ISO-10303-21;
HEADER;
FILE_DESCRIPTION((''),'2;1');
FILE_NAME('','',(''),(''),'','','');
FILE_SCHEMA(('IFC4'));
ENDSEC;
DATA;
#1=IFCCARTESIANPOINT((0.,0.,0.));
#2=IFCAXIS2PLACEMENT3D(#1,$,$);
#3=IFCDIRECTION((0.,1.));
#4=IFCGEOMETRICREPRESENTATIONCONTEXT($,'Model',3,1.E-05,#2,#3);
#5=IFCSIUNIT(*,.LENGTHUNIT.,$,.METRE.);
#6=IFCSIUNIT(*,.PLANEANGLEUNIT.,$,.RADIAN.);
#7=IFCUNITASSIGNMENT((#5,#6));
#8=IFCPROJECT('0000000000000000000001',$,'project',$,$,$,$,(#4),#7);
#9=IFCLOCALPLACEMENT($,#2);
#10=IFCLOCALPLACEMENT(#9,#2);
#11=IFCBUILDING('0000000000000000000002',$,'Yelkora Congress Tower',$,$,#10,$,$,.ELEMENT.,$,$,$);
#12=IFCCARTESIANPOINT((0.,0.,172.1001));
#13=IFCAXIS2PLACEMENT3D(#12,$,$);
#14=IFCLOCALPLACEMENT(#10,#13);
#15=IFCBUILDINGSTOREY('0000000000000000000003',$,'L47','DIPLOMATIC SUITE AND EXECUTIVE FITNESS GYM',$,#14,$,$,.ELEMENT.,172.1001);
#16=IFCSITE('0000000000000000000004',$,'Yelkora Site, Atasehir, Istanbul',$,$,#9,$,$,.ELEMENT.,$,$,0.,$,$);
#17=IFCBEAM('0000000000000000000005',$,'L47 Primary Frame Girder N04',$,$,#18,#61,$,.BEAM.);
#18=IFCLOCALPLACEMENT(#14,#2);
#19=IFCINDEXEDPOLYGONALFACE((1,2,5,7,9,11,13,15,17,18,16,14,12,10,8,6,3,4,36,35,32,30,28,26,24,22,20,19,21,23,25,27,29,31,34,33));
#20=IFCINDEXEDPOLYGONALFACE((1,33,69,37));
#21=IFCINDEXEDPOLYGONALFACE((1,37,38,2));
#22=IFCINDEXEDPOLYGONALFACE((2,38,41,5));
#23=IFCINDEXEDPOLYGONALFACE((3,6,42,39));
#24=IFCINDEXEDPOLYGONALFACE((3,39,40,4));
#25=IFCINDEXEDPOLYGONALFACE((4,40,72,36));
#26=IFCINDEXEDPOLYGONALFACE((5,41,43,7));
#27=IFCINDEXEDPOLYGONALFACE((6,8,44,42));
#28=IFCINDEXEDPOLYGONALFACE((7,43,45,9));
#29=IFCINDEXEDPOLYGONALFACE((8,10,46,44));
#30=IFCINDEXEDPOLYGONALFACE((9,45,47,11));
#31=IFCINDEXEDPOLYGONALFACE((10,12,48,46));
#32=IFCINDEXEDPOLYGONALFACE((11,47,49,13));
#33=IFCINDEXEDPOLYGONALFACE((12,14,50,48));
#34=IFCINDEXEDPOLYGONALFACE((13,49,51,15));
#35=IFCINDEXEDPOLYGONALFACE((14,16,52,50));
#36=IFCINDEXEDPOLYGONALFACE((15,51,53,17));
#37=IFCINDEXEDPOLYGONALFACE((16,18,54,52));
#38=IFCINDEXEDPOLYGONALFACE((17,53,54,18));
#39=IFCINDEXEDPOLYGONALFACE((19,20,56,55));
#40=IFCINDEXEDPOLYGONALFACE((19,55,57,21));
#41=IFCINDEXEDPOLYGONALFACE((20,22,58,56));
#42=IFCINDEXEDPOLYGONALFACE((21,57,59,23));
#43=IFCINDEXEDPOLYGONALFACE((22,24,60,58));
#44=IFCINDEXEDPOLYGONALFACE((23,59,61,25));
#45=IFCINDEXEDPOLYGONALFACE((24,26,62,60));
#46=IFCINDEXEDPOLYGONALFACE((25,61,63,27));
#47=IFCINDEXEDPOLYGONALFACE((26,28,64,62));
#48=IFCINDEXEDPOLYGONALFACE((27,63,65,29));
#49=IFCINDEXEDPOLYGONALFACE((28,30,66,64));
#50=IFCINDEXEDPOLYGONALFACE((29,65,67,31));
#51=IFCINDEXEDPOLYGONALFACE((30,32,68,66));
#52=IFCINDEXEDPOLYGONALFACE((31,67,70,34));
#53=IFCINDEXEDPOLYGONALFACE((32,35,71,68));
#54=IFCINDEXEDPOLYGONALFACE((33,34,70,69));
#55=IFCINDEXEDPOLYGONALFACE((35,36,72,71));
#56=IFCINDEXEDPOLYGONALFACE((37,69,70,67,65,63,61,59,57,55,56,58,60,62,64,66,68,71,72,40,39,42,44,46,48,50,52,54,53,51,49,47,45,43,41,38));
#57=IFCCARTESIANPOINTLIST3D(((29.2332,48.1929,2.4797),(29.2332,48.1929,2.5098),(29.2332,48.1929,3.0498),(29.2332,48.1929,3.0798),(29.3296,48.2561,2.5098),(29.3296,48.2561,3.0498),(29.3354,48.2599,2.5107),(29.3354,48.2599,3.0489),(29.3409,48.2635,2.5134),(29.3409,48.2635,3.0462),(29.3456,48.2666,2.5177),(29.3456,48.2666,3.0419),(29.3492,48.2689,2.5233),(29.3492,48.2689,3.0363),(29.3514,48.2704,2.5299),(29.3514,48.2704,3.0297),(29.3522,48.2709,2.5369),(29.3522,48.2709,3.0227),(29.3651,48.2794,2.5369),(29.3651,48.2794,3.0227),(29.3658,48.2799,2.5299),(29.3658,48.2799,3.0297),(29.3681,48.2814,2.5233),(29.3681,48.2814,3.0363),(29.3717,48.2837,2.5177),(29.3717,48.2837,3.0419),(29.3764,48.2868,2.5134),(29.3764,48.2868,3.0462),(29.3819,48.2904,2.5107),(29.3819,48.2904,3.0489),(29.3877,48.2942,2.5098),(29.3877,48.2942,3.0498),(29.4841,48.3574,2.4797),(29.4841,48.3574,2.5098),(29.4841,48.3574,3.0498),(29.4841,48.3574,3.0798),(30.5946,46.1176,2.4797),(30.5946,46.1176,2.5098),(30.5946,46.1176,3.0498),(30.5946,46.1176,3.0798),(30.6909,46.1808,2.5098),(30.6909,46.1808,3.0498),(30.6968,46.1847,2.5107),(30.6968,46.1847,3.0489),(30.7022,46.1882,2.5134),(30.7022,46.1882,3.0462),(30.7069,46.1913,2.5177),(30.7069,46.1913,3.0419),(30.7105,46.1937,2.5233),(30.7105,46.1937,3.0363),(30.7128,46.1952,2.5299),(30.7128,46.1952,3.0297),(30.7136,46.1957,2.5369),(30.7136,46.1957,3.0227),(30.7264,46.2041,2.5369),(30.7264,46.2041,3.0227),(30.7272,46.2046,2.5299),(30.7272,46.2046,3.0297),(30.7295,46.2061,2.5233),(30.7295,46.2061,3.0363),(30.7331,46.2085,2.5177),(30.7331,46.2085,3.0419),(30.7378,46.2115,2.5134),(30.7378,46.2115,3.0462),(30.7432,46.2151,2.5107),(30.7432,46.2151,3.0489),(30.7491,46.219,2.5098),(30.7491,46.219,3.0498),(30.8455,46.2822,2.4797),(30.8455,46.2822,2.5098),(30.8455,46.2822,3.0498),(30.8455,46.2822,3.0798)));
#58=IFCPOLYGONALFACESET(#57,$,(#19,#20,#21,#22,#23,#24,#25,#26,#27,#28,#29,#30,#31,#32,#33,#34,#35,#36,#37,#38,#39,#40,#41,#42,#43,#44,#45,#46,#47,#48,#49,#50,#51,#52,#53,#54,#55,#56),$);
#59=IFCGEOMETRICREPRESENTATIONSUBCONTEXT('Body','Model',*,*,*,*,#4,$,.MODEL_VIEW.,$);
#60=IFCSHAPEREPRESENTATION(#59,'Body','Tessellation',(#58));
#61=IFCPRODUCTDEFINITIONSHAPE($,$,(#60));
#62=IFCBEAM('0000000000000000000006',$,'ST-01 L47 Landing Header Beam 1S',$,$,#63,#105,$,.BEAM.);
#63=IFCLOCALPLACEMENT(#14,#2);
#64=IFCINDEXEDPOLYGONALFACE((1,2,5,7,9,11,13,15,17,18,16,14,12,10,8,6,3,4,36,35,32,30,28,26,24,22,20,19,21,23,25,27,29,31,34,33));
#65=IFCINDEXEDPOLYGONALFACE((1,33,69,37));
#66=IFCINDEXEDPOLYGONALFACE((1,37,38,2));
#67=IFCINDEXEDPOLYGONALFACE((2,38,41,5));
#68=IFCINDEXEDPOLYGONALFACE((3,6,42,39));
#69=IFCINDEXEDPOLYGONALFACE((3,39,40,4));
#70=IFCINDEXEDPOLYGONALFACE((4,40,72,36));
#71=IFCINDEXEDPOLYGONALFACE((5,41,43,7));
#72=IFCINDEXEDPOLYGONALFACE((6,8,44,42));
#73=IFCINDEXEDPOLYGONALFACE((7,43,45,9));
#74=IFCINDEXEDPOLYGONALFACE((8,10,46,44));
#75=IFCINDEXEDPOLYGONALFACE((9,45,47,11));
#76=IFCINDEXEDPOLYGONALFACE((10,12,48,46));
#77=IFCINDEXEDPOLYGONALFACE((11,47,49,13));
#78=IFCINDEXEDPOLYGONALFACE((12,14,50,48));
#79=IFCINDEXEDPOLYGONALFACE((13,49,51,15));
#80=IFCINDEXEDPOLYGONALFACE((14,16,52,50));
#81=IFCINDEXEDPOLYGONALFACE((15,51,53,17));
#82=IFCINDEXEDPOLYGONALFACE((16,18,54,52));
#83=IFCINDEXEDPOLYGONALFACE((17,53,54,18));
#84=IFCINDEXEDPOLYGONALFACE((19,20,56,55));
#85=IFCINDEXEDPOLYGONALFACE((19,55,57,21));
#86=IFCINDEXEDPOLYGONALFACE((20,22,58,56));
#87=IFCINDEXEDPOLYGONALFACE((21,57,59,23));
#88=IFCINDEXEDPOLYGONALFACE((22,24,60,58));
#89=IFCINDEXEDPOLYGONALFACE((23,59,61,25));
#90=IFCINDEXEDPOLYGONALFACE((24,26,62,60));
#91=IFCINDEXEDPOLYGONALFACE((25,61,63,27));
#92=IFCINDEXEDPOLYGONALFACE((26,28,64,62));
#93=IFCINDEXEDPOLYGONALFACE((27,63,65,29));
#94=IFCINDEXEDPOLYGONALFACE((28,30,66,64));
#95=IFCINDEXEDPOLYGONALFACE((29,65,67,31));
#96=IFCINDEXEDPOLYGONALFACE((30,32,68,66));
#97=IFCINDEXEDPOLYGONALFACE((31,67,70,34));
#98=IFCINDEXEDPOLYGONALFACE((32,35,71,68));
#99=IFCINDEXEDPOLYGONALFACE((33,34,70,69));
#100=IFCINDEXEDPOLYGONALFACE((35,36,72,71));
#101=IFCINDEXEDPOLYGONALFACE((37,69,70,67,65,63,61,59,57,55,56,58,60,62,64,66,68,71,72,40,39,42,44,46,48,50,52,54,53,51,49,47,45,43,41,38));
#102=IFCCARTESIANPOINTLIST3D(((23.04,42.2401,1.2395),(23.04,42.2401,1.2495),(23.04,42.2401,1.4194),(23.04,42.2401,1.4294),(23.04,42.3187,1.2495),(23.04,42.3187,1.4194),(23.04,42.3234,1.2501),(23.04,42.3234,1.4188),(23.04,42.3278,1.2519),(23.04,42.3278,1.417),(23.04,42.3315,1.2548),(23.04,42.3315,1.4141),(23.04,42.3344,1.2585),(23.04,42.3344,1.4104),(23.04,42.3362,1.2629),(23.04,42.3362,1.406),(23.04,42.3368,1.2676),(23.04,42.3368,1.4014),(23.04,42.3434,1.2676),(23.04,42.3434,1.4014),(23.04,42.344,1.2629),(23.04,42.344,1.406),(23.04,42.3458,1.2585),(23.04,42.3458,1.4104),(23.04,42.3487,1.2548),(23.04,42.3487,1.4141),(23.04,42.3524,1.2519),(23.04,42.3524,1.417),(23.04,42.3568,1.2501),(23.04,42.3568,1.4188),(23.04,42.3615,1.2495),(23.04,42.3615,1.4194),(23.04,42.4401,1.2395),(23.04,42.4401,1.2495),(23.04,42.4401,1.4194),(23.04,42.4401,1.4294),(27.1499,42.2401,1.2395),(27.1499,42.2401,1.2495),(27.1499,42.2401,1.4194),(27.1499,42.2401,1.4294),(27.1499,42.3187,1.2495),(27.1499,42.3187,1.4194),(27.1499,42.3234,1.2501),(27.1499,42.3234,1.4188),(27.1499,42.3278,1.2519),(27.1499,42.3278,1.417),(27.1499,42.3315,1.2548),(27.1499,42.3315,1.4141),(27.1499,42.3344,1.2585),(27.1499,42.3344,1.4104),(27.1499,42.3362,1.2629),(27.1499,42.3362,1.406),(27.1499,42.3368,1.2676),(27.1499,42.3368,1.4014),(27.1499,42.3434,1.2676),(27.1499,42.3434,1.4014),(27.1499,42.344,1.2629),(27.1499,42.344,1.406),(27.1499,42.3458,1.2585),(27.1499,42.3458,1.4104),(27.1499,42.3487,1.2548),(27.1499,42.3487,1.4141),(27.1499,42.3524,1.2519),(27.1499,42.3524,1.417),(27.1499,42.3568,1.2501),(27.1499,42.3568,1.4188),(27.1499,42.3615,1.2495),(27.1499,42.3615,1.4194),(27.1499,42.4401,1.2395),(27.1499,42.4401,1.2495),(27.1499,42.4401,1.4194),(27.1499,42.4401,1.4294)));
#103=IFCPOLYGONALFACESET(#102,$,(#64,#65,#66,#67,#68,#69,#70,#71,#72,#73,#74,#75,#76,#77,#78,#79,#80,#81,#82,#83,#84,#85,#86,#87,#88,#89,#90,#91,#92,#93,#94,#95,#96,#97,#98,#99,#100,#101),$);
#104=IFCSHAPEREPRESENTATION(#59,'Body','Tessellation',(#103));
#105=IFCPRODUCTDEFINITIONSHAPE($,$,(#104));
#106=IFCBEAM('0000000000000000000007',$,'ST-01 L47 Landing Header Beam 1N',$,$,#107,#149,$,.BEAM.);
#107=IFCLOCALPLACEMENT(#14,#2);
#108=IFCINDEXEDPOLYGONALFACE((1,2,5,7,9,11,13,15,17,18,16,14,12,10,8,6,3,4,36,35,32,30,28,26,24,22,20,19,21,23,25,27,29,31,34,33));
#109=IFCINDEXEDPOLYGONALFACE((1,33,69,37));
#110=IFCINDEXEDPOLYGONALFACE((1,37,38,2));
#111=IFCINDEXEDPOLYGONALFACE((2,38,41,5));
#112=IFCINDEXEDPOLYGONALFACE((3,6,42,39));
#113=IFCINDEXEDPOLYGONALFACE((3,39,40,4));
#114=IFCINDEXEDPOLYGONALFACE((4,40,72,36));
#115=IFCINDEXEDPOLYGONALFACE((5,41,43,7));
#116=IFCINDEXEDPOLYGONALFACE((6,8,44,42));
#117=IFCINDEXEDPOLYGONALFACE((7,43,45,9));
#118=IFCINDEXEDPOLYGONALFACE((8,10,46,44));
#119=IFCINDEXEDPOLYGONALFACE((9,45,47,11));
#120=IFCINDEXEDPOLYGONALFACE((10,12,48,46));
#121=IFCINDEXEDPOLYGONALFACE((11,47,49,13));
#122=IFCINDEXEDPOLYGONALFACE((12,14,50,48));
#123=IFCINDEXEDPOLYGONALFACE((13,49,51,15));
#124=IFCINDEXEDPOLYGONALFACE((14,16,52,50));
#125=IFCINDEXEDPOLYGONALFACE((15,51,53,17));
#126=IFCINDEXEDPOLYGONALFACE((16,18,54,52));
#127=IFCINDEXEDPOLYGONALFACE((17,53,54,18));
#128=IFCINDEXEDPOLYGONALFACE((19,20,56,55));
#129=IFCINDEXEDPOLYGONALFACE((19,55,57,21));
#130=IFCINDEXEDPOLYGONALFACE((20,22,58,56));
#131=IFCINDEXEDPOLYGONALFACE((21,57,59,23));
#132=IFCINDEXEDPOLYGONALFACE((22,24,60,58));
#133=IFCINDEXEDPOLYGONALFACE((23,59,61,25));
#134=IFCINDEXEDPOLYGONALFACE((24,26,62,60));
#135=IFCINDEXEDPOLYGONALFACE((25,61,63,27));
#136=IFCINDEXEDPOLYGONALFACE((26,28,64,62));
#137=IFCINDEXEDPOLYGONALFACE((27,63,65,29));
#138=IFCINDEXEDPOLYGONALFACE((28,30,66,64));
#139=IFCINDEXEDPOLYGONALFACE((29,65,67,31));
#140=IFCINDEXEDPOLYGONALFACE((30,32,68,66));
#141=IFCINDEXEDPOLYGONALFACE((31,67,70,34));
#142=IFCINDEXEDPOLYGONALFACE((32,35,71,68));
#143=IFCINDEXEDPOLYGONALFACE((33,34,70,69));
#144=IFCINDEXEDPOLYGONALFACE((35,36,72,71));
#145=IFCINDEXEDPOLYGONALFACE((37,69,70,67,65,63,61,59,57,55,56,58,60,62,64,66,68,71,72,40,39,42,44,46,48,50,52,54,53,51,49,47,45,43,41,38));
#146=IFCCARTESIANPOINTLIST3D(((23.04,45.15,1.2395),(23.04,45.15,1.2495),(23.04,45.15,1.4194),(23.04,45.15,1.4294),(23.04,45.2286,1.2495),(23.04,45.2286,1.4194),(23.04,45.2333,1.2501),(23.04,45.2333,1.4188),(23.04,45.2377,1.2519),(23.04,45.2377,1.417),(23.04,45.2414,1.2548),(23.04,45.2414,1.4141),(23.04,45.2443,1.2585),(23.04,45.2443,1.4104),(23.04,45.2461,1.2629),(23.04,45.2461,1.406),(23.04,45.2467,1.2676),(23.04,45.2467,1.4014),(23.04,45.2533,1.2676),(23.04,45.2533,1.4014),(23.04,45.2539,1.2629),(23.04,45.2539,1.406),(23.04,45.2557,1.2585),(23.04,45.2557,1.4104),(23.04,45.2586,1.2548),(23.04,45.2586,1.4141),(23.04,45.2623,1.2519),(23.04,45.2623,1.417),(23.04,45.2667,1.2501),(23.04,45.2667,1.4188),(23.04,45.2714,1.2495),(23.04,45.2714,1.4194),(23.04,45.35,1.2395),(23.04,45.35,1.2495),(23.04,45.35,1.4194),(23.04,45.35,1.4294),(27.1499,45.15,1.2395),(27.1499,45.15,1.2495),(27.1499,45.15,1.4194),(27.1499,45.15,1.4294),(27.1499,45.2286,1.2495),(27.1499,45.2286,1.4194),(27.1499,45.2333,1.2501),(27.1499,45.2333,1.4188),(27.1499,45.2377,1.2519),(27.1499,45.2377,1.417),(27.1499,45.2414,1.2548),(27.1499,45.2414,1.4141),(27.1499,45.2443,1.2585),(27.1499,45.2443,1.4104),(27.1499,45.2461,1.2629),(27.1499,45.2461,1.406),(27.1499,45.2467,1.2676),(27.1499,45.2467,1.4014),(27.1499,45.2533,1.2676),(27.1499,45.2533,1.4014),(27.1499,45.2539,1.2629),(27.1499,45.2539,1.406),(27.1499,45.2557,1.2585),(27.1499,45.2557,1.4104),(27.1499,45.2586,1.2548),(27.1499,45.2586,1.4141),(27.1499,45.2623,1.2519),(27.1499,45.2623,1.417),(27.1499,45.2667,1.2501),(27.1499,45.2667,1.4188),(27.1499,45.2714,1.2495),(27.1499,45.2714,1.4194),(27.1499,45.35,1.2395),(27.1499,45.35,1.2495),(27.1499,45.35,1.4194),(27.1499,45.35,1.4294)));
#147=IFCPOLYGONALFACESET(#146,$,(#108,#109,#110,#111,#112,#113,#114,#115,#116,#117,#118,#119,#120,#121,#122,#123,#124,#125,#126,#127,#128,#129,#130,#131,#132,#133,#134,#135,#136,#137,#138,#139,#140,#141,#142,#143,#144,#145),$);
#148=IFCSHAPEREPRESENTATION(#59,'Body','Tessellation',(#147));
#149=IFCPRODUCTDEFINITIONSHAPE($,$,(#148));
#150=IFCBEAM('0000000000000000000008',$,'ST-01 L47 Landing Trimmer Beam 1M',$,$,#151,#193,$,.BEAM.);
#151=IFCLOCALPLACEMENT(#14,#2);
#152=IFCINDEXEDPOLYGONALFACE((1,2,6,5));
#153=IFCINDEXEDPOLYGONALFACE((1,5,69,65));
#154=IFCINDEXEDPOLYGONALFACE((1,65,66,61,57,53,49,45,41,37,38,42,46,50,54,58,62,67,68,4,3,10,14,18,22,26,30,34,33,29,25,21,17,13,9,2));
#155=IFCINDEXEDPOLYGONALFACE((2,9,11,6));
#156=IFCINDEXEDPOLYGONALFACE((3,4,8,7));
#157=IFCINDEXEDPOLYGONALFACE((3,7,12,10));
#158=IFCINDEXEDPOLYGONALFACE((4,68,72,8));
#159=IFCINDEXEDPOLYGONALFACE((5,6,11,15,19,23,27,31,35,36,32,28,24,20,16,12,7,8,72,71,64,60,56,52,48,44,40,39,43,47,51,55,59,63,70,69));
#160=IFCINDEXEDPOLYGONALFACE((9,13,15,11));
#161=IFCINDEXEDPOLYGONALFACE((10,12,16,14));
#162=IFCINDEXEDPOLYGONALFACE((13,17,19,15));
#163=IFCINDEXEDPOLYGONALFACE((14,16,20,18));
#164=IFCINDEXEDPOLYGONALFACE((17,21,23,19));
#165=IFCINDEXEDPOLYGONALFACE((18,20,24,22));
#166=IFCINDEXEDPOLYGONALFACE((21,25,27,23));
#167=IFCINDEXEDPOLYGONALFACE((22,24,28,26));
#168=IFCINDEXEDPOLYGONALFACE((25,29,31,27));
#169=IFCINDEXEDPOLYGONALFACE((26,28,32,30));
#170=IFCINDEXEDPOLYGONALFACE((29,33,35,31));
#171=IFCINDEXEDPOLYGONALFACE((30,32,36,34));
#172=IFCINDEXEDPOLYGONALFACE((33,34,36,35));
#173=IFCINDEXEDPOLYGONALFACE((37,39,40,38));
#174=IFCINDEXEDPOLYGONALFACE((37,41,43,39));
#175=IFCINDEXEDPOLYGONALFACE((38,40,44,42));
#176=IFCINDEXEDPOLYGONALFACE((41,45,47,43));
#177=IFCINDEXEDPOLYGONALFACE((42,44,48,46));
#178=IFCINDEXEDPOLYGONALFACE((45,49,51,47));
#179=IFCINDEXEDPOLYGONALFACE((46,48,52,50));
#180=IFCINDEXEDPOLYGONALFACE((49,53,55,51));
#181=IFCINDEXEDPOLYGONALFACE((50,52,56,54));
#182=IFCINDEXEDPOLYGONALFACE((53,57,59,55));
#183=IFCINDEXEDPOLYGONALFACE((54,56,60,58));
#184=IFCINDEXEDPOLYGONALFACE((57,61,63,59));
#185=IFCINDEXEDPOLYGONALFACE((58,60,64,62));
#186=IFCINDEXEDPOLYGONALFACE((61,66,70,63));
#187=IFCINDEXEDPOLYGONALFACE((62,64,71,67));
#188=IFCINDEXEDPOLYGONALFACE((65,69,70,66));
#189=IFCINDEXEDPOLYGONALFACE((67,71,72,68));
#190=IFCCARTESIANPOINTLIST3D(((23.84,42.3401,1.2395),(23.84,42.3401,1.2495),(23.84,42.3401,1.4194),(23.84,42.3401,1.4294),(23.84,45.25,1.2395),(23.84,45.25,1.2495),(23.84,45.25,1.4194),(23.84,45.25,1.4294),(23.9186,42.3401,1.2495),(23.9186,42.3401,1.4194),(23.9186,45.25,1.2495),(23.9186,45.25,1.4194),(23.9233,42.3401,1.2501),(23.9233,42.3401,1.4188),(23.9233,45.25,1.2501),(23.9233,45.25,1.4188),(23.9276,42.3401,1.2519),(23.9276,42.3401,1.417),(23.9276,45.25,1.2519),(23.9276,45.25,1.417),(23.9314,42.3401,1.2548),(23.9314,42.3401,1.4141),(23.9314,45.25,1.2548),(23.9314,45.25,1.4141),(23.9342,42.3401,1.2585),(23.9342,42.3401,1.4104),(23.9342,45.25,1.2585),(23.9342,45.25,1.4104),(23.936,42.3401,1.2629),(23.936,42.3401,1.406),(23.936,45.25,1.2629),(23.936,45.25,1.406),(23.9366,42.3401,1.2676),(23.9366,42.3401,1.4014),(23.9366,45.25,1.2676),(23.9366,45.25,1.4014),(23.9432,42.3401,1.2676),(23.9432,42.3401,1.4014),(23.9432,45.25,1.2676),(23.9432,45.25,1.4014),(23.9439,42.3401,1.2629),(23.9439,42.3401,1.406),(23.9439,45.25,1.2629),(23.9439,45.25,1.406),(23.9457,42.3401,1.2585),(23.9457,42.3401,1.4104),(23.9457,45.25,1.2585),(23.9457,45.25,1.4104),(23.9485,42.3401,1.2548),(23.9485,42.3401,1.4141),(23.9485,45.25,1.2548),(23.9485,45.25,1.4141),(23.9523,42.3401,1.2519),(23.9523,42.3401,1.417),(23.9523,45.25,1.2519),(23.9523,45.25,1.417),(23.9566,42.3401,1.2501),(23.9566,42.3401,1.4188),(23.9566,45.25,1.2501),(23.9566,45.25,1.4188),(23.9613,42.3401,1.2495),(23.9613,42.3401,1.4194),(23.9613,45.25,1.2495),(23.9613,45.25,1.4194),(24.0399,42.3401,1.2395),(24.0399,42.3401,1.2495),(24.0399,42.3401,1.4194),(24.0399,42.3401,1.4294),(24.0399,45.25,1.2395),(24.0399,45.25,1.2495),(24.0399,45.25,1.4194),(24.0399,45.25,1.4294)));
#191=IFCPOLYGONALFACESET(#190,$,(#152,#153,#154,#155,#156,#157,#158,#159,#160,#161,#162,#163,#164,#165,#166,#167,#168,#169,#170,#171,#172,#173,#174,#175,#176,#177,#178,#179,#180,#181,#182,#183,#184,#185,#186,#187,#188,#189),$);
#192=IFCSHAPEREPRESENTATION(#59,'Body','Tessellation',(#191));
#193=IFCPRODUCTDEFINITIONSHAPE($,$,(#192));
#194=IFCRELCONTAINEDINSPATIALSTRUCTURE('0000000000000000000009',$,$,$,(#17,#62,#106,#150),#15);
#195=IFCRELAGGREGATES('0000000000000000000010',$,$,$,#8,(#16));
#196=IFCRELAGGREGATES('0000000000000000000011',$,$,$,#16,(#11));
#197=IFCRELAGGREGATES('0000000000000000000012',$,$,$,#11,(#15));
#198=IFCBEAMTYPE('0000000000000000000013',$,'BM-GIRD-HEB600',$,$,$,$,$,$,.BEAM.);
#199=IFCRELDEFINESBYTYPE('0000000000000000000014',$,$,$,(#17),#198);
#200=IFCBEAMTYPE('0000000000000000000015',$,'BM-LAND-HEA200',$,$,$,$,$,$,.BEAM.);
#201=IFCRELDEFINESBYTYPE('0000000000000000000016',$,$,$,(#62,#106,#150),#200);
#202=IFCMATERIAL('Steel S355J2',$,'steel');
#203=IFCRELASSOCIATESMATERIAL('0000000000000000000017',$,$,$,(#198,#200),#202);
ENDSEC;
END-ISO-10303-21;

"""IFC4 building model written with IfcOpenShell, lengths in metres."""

from ifc_helpers import new_model, si_unit, direction, frame, origin, origin_2d, place, context, subcontext, project, spatial, i_section, extrude, material, material_profile, profile_set, type_object, element, save


model = new_model("IFC4")

# Units and contexts
model_context = context("Model", 3, precision=1e-05, world=origin(), true_north=direction((0.0, 1.0)))
body_context = subcontext(model_context, "Body", "Model", "MODEL_VIEW")
ifc_project = project(units=[si_unit("LENGTHUNIT", "METRE"), si_unit("PLANEANGLEUNIT", "RADIAN")], contexts=[model_context])

# Site, building, storey
site_placement = place(None, origin())
site = spatial("IfcSite", under=ifc_project, at=site_placement, Name="Yelkora Site, Atasehir, Istanbul", CompositionType="ELEMENT", RefElevation=0.0)
building_placement = place(site_placement, origin())
building = spatial("IfcBuilding", under=site, at=building_placement, Name="Yelkora Congress Tower", CompositionType="ELEMENT")
storey_placement = place(building_placement, frame((0.0, 0.0, 172.1001)))
storey = spatial("IfcBuildingStorey", under=building, at=storey_placement, Name="L47", Description="DIPLOMATIC SUITE AND EXECUTIVE FITNESS GYM", CompositionType="ELEMENT", Elevation=172.1001)

# Beams
ifc_material_1 = material(Name="Steel S355J2", Category="steel")
ifc_material_profile_1 = material_profile(ifc_material_1, i_section(OverallWidth=0.3, OverallDepth=0.6001, WebThickness=0.0154, FlangeThickness=0.03, FilletRadius=0.0271, at=origin_2d()), Name="HEB 600")
ifc_profile_set_1 = profile_set([ifc_material_profile_1], Name="Steel S355J2")
beam_type_1 = type_object("IfcBeamType", Name="BM-GIRD-HEB600", PredefinedType="BEAM", material=ifc_profile_set_1)
beam_1_placement = place(storey_placement, frame((29.3586, 48.2751, 2.7798), z_axis=(0.54851, -0.836144, 0.0), x_axis=(0.836144, 0.54851, 0.0)))
element("IfcBeam", 1, at=beam_1_placement, inside=storey, type_object=beam_type_1, Name="L47 Primary Frame Girder N04", PredefinedType="BEAM", context=body_context, shape_type="SweptSolid", body=[
    extrude(i_section(OverallWidth=0.3, OverallDepth=0.6001, WebThickness=0.0154, FlangeThickness=0.03, FilletRadius=0.0271, at=origin_2d()), origin(), (0.0, 0.0, 1.0), 2.4819),
])
ifc_material_profile_2 = material_profile(ifc_material_1, i_section(OverallWidth=0.2, OverallDepth=0.1899, WebThickness=0.0066, FlangeThickness=0.01, FilletRadius=0.0181, at=origin_2d()), Name="HEA 200")
ifc_profile_set_2 = profile_set([ifc_material_profile_2], Name="Steel S355J2")
beam_type_2 = type_object("IfcBeamType", Name="BM-LAND-HEA200", PredefinedType="BEAM", material=ifc_profile_set_2)
for number, where, z_axis, x_axis, name in (
    (2, (23.04, 42.3401, 1.3345), (1.0, 0.0, 0.0), (0.0, 1.0, 0.0), "ST-01 L47 Landing Header Beam 1S"),
    (3, (23.04, 45.25, 1.3345), (1.0, 0.0, 0.0), (0.0, 1.0, 0.0), "ST-01 L47 Landing Header Beam 1N"),
):
    element("IfcBeam", number, at=place(storey_placement, frame(where, z_axis=z_axis, x_axis=x_axis)), inside=storey, type_object=beam_type_2, Name=name, PredefinedType="BEAM", context=body_context, shape_type="SweptSolid", body=[
        extrude(i_section(OverallWidth=0.2, OverallDepth=0.1899, WebThickness=0.0066, FlangeThickness=0.01, FilletRadius=0.0181, at=origin_2d()), origin(), (0.0, 0.0, 1.0), 4.1099),
    ])
beam_2_placement = place(storey_placement, frame((23.9399, 42.3401, 1.3345), z_axis=(0.0, 1.0, 0.0), x_axis=(-1.0, 0.0, 0.0)))
element("IfcBeam", 4, at=beam_2_placement, inside=storey, type_object=beam_type_2, Name="ST-01 L47 Landing Trimmer Beam 1M", PredefinedType="BEAM", context=body_context, shape_type="SweptSolid", body=[
    extrude(i_section(OverallWidth=0.2, OverallDepth=0.1899, WebThickness=0.0066, FlangeThickness=0.01, FilletRadius=0.0181, at=origin_2d()), origin(), (0.0, 0.0, 1.0), 2.9099),
])

save(model, "model.ifc")
